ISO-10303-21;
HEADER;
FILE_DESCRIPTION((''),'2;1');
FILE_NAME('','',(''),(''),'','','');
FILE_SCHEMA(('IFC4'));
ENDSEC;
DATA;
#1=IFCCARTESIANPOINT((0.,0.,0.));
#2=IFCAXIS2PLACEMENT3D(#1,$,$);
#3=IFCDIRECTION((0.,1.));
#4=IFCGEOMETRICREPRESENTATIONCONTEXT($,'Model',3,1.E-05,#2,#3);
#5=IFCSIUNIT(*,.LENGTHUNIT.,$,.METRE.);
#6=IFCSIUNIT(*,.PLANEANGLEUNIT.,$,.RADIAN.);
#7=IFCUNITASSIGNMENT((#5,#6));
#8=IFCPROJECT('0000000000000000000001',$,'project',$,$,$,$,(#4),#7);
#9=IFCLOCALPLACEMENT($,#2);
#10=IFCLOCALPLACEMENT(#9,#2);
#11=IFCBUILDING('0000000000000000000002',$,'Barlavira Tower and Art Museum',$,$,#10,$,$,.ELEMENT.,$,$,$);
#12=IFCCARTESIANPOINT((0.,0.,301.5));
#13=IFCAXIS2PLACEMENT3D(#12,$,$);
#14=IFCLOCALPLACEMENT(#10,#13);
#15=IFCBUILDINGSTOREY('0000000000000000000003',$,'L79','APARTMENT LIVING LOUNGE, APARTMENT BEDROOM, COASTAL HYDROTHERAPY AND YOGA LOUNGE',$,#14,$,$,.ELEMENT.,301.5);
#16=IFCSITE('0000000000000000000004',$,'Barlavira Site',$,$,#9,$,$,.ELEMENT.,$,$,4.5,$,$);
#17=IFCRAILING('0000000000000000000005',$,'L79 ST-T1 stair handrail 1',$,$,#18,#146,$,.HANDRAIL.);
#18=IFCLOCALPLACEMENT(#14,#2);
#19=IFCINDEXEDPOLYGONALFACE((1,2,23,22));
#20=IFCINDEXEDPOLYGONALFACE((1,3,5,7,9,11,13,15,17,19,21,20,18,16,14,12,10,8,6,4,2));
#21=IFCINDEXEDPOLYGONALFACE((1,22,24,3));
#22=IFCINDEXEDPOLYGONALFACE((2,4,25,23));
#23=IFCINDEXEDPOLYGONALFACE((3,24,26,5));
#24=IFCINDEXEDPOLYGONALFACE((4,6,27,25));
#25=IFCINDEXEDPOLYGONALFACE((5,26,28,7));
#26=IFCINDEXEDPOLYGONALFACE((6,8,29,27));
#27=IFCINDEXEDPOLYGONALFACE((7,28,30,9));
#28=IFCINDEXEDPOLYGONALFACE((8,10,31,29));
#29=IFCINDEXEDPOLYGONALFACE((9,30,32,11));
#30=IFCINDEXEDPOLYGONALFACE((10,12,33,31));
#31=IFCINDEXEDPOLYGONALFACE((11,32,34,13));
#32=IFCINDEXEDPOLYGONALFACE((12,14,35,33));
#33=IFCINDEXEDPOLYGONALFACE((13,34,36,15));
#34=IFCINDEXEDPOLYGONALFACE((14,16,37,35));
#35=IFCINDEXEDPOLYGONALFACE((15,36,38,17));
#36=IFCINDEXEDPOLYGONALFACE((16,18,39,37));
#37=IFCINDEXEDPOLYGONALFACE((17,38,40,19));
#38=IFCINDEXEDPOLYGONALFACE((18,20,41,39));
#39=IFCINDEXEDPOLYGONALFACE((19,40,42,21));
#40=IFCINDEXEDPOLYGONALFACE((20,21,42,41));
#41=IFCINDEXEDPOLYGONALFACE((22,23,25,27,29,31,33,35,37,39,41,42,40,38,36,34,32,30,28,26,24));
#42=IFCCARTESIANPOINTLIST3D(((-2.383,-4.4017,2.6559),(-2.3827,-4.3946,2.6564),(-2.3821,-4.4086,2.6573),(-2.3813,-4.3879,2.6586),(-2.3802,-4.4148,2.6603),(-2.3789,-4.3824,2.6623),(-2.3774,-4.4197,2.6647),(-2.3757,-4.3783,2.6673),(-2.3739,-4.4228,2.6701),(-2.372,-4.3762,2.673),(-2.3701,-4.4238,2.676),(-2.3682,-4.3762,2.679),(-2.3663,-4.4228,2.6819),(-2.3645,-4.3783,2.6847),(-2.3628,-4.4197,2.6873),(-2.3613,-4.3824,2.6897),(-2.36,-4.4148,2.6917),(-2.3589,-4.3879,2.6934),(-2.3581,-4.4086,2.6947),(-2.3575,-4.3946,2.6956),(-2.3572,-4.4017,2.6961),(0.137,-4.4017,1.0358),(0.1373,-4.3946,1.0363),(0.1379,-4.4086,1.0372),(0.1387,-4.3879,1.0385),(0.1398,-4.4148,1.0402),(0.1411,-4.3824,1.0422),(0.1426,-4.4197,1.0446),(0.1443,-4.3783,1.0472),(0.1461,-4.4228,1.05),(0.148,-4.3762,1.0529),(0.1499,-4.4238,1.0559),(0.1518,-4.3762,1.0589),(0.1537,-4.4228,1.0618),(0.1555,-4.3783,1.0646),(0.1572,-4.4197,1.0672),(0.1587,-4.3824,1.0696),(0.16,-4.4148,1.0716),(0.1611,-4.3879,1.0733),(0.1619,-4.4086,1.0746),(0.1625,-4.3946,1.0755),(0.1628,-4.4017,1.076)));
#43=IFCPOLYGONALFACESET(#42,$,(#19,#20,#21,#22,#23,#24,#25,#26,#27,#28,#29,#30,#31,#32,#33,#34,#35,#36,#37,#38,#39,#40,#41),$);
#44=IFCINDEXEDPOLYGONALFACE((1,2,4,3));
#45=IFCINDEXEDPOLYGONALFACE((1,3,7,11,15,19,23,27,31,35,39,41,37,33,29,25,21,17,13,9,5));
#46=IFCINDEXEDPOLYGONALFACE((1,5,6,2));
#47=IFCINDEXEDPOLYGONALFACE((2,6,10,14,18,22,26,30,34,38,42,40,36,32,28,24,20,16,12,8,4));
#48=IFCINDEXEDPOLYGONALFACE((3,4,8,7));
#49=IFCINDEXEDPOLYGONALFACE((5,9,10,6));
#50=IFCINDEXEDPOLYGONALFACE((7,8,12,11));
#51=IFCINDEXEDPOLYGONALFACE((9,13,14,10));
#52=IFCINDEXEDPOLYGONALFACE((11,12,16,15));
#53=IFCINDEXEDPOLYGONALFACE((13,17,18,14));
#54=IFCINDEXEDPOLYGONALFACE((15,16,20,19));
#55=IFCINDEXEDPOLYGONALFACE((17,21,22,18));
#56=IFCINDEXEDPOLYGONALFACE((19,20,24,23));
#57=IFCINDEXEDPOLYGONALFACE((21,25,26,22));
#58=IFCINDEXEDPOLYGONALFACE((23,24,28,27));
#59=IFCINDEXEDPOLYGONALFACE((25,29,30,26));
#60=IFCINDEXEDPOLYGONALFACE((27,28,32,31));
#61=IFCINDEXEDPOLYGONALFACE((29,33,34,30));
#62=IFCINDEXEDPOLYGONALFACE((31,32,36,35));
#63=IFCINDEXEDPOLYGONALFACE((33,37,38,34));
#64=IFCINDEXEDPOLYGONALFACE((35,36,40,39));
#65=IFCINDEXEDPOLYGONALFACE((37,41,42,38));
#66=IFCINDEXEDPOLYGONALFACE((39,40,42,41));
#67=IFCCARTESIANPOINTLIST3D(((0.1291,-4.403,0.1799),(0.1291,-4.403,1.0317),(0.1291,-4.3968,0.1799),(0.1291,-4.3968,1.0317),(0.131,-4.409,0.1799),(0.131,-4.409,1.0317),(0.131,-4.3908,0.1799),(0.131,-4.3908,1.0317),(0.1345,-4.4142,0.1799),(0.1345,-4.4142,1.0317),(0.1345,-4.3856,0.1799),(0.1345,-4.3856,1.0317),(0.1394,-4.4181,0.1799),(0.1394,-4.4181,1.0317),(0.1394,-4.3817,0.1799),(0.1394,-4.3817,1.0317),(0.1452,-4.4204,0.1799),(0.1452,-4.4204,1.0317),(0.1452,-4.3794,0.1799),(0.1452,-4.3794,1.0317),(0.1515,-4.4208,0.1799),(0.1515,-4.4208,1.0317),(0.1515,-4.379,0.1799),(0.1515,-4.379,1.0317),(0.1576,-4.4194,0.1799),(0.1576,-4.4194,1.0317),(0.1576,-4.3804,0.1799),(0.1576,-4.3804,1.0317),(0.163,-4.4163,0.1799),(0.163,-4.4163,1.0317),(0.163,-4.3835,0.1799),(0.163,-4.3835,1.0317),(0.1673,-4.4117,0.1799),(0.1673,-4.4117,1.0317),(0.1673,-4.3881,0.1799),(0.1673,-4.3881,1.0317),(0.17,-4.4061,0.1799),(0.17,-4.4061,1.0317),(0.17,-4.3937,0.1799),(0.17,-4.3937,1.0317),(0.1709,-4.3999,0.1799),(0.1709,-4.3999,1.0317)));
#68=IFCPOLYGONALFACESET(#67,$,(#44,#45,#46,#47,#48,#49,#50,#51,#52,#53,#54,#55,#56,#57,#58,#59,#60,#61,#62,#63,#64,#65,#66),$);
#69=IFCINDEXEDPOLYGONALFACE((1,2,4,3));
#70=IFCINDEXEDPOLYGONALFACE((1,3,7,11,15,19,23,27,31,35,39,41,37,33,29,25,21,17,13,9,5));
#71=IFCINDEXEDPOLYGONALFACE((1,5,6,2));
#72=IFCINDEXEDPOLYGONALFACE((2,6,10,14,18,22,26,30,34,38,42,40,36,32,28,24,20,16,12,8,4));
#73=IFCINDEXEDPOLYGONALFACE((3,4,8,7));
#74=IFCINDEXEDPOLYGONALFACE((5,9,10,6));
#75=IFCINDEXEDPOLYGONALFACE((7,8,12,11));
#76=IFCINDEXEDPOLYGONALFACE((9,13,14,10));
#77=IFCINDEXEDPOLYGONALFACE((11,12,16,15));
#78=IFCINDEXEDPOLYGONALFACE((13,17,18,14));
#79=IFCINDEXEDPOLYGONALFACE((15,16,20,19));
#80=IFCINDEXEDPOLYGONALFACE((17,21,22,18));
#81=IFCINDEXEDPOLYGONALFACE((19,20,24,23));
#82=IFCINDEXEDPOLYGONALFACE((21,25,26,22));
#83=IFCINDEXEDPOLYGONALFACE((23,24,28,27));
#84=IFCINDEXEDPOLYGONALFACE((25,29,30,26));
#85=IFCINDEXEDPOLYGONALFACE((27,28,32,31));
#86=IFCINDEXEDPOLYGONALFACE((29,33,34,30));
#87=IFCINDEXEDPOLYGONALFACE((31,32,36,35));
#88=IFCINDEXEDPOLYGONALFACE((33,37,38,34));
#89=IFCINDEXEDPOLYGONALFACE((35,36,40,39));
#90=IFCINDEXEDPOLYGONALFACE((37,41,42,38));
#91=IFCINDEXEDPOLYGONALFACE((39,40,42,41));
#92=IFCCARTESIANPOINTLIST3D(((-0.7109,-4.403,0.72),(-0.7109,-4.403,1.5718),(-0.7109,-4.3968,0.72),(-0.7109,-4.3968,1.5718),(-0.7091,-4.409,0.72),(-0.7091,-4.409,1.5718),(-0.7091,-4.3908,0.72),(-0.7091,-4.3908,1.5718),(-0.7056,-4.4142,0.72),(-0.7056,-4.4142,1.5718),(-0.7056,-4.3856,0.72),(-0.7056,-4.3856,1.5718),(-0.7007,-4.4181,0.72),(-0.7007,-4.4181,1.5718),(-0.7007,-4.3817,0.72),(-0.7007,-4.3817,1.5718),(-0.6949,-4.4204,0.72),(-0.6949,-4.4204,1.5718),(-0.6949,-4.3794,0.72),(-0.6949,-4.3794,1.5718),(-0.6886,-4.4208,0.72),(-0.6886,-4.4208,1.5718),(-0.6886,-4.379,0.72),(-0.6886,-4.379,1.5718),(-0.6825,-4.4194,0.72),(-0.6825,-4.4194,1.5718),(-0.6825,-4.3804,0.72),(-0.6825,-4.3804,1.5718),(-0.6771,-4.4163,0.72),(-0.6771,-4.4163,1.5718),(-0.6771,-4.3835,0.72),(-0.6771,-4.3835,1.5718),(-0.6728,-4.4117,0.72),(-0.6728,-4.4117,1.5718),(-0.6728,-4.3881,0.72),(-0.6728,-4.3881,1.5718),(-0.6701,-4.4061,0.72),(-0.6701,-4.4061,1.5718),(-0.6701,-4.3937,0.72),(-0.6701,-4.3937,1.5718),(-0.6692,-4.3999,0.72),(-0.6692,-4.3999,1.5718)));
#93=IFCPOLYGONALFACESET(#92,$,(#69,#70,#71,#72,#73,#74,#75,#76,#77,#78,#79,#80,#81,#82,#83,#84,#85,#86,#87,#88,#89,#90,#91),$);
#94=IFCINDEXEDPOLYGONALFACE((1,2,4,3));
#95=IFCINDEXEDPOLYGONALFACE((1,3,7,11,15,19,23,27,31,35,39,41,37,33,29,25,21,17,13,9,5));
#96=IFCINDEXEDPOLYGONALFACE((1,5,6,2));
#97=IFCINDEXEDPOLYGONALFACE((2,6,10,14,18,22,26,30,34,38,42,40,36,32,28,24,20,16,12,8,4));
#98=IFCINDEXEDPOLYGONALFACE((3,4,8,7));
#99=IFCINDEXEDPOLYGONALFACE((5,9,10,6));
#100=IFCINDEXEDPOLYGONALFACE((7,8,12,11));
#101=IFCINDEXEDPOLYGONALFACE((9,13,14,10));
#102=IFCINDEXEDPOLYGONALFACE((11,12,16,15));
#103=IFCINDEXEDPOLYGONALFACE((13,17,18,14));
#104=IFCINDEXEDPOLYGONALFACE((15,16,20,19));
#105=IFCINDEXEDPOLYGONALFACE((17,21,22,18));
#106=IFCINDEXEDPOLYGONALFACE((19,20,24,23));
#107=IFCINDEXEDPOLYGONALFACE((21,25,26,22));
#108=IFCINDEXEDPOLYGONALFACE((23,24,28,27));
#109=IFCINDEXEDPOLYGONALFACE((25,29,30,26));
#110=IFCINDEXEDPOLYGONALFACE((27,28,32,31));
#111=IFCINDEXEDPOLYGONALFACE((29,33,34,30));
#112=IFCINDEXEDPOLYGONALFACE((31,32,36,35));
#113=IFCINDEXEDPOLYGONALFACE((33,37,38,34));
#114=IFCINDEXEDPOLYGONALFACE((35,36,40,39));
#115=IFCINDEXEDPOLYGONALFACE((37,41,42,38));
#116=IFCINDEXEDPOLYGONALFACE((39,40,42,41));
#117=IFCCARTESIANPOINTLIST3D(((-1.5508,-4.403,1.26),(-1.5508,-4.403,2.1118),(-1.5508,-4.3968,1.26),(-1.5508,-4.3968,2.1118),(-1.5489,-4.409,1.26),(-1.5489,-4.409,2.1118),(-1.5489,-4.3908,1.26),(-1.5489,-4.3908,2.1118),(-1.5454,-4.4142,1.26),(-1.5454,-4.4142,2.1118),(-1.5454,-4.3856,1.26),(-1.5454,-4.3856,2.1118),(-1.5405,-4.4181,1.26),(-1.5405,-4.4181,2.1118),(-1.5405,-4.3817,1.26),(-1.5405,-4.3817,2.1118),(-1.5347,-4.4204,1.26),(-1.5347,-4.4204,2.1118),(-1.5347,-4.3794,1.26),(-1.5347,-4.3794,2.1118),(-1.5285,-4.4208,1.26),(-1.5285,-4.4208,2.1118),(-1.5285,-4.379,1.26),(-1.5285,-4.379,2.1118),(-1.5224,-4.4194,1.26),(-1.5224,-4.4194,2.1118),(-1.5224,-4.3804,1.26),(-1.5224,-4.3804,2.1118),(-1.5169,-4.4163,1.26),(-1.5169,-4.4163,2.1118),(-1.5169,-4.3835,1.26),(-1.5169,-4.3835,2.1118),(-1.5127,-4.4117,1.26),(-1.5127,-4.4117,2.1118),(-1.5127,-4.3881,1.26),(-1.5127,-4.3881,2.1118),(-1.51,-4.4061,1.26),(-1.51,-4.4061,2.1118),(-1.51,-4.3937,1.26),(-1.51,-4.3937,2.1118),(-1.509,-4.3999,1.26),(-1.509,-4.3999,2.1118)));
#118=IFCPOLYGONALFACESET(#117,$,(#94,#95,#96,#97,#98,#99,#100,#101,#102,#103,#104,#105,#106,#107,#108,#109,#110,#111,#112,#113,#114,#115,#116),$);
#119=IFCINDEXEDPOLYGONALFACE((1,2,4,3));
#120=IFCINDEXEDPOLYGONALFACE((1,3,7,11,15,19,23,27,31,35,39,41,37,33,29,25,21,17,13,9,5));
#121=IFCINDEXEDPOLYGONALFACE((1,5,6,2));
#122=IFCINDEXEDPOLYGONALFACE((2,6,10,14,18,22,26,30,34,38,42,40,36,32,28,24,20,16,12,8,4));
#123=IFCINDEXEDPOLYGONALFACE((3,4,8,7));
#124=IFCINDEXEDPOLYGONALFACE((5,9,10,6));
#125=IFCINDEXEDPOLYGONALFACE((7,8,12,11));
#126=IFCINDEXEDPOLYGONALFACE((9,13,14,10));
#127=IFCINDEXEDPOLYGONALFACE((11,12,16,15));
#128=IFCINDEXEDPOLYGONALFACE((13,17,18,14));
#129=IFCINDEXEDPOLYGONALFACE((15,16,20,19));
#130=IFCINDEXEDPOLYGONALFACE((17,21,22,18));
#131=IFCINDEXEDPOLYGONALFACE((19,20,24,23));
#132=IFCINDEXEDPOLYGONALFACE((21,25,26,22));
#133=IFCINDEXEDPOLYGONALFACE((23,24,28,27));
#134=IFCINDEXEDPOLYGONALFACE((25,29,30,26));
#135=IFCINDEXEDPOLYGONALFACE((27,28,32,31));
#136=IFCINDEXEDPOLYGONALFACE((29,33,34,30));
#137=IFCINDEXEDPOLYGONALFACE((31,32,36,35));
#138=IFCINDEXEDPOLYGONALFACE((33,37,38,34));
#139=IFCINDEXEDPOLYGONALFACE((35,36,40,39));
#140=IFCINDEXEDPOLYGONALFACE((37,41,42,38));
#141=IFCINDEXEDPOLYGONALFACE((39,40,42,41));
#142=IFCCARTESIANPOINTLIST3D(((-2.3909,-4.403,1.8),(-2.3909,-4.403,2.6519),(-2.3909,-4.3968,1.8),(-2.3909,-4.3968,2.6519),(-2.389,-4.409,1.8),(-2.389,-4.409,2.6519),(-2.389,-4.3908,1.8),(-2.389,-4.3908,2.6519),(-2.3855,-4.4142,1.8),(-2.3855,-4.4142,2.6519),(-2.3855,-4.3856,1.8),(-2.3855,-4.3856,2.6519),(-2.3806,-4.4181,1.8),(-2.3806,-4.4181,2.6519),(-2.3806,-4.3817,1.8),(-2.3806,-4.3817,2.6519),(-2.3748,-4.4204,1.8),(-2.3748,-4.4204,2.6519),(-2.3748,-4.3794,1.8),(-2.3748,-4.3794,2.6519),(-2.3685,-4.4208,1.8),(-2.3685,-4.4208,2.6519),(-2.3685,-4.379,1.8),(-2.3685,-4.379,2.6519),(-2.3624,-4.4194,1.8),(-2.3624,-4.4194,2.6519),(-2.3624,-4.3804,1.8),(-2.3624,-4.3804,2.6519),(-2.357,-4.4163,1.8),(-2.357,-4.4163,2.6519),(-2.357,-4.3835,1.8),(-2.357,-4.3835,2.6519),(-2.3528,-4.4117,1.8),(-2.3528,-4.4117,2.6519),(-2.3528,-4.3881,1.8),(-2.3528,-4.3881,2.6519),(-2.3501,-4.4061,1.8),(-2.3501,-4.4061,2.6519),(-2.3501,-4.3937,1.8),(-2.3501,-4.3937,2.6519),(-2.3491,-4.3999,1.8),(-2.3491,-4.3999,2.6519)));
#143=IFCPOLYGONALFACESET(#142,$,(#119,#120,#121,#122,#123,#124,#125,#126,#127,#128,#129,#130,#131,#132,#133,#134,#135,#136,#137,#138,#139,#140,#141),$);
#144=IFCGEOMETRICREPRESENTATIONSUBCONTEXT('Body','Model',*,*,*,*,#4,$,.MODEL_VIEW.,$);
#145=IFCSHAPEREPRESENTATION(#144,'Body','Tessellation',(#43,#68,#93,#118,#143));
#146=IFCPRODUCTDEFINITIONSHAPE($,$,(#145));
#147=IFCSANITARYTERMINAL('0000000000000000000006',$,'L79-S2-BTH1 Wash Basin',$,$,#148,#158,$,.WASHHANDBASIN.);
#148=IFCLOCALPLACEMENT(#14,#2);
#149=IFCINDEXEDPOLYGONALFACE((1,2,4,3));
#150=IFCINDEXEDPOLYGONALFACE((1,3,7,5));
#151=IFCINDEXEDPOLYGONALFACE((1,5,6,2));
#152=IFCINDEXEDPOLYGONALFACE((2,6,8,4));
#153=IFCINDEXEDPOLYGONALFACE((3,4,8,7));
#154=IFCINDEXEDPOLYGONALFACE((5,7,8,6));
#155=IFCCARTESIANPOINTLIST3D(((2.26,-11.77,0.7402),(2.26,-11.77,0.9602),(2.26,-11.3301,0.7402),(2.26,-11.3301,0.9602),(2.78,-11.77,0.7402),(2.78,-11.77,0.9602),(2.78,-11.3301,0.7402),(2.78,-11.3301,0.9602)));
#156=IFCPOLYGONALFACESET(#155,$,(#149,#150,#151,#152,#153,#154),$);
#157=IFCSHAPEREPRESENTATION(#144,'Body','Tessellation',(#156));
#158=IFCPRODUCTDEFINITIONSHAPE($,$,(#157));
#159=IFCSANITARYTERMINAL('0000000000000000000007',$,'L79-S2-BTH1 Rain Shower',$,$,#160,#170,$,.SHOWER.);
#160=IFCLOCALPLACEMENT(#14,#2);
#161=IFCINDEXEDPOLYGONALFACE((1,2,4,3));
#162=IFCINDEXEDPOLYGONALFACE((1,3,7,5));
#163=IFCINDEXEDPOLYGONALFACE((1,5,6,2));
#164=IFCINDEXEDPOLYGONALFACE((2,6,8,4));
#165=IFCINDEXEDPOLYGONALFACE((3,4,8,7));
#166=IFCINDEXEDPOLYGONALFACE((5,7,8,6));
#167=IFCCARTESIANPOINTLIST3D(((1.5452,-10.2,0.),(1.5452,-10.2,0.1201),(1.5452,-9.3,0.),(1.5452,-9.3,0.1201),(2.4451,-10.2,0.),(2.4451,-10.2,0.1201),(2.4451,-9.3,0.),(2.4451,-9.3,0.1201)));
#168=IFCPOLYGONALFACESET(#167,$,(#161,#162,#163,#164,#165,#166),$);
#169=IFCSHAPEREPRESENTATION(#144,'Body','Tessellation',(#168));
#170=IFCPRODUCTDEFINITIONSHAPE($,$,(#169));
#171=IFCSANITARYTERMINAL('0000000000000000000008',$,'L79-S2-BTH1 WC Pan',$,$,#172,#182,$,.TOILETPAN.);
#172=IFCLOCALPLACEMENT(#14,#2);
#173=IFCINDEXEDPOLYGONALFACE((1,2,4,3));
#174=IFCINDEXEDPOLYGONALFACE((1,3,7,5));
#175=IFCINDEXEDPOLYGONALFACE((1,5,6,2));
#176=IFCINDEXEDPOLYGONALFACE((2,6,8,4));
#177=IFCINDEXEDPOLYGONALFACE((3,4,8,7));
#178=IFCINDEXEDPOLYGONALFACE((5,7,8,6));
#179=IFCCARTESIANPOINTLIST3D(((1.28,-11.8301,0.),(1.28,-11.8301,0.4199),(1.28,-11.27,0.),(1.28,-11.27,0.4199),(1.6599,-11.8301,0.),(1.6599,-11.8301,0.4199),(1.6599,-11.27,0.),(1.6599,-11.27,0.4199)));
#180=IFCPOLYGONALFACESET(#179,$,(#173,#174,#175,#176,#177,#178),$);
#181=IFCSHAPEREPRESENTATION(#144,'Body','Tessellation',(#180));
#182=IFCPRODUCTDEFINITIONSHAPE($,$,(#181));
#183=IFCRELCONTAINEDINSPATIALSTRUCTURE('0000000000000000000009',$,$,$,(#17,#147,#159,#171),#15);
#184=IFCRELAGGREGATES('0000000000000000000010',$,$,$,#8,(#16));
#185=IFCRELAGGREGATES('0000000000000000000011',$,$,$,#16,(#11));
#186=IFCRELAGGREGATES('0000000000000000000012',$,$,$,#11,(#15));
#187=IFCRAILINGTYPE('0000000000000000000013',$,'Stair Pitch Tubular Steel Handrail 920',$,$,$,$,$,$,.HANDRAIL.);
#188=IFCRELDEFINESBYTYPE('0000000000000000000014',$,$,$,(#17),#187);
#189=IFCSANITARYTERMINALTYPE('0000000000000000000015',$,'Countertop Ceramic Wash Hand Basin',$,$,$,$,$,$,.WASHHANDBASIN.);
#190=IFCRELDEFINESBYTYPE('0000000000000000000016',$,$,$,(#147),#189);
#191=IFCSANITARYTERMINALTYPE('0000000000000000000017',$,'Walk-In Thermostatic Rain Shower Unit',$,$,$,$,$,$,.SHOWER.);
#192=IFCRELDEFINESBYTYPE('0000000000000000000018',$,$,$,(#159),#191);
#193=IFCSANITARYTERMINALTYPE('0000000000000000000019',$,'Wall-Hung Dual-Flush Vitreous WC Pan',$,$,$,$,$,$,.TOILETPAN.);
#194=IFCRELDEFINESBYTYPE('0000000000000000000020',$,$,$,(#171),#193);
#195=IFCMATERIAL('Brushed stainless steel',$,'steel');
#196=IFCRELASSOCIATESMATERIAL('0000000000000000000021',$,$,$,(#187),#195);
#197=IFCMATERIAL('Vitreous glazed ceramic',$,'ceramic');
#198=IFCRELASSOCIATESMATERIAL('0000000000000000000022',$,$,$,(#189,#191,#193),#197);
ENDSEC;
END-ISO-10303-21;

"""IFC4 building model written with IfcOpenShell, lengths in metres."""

from ifc_helpers import new_model, si_unit, direction, frame, origin, origin_2d, place, context, subcontext, project, spatial, rectangle, circle, extrude, material, type_object, element, save


model = new_model("IFC4")

# Units and contexts
model_context = context("Model", 3, precision=1e-05, world=origin(), true_north=direction((0.0, 1.0)))
body_context = subcontext(model_context, "Body", "Model", "MODEL_VIEW")
ifc_project = project(units=[si_unit("LENGTHUNIT", "METRE"), si_unit("PLANEANGLEUNIT", "RADIAN")], contexts=[model_context])

# Site, building, storey
site_placement = place(None, origin())
site = spatial("IfcSite", under=ifc_project, at=site_placement, Name="Barlavira Site", CompositionType="ELEMENT", RefElevation=4.5)
building_placement = place(site_placement, origin())
building = spatial("IfcBuilding", under=site, at=building_placement, Name="Barlavira Tower and Art Museum", CompositionType="ELEMENT")
storey_placement = place(building_placement, frame((0.0, 0.0, 301.5)))
storey = spatial("IfcBuildingStorey", under=building, at=storey_placement, Name="L79", Description="APARTMENT LIVING LOUNGE, APARTMENT BEDROOM, COASTAL HYDROTHERAPY AND YOGA LOUNGE", CompositionType="ELEMENT", Elevation=301.5)

# Shared definitions
ifc_material_1 = material(Name="Brushed stainless steel", Category="steel")

# Railing
railing_type_1 = type_object("IfcRailingType", Name="Stair Pitch Tubular Steel Handrail 920", PredefinedType="HANDRAIL", material=ifc_material_1)
railing_1_placement = place(storey_placement, frame((0.1499, -4.3999, 0.1799)))
element("IfcRailing", 1, at=railing_1_placement, inside=storey, type_object=railing_type_1, Name="L79 ST-T1 stair handrail 1", PredefinedType="HANDRAIL", context=body_context, shape_type="SweptSolid", body=[
    extrude(circle(Radius=0.0239, at=origin_2d()), frame((0.0, 0.0, 0.876), z_axis=(-0.841163, 0.0, 0.540782), x_axis=(0.0, -1.0, 0.0)), (0.0, 0.0, 1.0), 2.9958),
    extrude(circle(Radius=0.021, at=origin_2d()), origin(), (0.0, 0.0, 1.0), 0.8518),
    extrude(circle(Radius=0.021, at=origin_2d()), frame((-0.8401, 0.0, 0.54)), (0.0, 0.0, 1.0), 0.8518),
    extrude(circle(Radius=0.021, at=origin_2d()), frame((-1.6799, 0.0, 1.0801)), (0.0, 0.0, 1.0), 0.8518),
    extrude(circle(Radius=0.021, at=origin_2d()), frame((-2.52, 0.0, 1.6201)), (0.0, 0.0, 1.0), 0.8518),
])

# Sanitary terminals
ifc_material_2 = material(Name="Vitreous glazed ceramic", Category="ceramic")
sanitary_terminal_type_1 = type_object("IfcSanitaryTerminalType", Name="Countertop Ceramic Wash Hand Basin", PredefinedType="WASHHANDBASIN", material=ifc_material_2)
sanitary_terminal_1_placement = place(storey_placement, frame((2.52, -11.55, 0.7402), z_axis=(0.0, 0.0, 1.0), x_axis=(1.0, 0.0, 0.0)))
element("IfcSanitaryTerminal", 2, at=sanitary_terminal_1_placement, inside=storey, type_object=sanitary_terminal_type_1, Name="L79-S2-BTH1 Wash Basin", PredefinedType="WASHHANDBASIN", context=body_context, shape_type="SweptSolid", body=[
    extrude(rectangle(XDim=0.52, YDim=0.4399, at=origin_2d()), origin(), (0.0, 0.0, 1.0), 0.22),
])
sanitary_terminal_type_2 = type_object("IfcSanitaryTerminalType", Name="Walk-In Thermostatic Rain Shower Unit", PredefinedType="SHOWER", material=ifc_material_2)
sanitary_terminal_2_placement = place(storey_placement, frame((1.9951, -9.75, 0.0), z_axis=(0.0, 0.0, 1.0), x_axis=(1.0, 0.0, 0.0)))
element("IfcSanitaryTerminal", 3, at=sanitary_terminal_2_placement, inside=storey, type_object=sanitary_terminal_type_2, Name="L79-S2-BTH1 Rain Shower", PredefinedType="SHOWER", context=body_context, shape_type="SweptSolid", body=[
    extrude(rectangle(XDim=0.8999, YDim=0.8999, at=origin_2d()), origin(), (0.0, 0.0, 1.0), 0.1201),
])
sanitary_terminal_type_3 = type_object("IfcSanitaryTerminalType", Name="Wall-Hung Dual-Flush Vitreous WC Pan", PredefinedType="TOILETPAN", material=ifc_material_2)
sanitary_terminal_3_placement = place(storey_placement, frame((1.47, -11.55, 0.0), z_axis=(0.0, 0.0, 1.0), x_axis=(1.0, 0.0, 0.0)))
element("IfcSanitaryTerminal", 4, at=sanitary_terminal_3_placement, inside=storey, type_object=sanitary_terminal_type_3, Name="L79-S2-BTH1 WC Pan", PredefinedType="TOILETPAN", context=body_context, shape_type="SweptSolid", body=[
    extrude(rectangle(XDim=0.3799, YDim=0.5601, at=origin_2d()), origin(), (0.0, 0.0, 1.0), 0.4199),
])

save(model, "model.ifc")
